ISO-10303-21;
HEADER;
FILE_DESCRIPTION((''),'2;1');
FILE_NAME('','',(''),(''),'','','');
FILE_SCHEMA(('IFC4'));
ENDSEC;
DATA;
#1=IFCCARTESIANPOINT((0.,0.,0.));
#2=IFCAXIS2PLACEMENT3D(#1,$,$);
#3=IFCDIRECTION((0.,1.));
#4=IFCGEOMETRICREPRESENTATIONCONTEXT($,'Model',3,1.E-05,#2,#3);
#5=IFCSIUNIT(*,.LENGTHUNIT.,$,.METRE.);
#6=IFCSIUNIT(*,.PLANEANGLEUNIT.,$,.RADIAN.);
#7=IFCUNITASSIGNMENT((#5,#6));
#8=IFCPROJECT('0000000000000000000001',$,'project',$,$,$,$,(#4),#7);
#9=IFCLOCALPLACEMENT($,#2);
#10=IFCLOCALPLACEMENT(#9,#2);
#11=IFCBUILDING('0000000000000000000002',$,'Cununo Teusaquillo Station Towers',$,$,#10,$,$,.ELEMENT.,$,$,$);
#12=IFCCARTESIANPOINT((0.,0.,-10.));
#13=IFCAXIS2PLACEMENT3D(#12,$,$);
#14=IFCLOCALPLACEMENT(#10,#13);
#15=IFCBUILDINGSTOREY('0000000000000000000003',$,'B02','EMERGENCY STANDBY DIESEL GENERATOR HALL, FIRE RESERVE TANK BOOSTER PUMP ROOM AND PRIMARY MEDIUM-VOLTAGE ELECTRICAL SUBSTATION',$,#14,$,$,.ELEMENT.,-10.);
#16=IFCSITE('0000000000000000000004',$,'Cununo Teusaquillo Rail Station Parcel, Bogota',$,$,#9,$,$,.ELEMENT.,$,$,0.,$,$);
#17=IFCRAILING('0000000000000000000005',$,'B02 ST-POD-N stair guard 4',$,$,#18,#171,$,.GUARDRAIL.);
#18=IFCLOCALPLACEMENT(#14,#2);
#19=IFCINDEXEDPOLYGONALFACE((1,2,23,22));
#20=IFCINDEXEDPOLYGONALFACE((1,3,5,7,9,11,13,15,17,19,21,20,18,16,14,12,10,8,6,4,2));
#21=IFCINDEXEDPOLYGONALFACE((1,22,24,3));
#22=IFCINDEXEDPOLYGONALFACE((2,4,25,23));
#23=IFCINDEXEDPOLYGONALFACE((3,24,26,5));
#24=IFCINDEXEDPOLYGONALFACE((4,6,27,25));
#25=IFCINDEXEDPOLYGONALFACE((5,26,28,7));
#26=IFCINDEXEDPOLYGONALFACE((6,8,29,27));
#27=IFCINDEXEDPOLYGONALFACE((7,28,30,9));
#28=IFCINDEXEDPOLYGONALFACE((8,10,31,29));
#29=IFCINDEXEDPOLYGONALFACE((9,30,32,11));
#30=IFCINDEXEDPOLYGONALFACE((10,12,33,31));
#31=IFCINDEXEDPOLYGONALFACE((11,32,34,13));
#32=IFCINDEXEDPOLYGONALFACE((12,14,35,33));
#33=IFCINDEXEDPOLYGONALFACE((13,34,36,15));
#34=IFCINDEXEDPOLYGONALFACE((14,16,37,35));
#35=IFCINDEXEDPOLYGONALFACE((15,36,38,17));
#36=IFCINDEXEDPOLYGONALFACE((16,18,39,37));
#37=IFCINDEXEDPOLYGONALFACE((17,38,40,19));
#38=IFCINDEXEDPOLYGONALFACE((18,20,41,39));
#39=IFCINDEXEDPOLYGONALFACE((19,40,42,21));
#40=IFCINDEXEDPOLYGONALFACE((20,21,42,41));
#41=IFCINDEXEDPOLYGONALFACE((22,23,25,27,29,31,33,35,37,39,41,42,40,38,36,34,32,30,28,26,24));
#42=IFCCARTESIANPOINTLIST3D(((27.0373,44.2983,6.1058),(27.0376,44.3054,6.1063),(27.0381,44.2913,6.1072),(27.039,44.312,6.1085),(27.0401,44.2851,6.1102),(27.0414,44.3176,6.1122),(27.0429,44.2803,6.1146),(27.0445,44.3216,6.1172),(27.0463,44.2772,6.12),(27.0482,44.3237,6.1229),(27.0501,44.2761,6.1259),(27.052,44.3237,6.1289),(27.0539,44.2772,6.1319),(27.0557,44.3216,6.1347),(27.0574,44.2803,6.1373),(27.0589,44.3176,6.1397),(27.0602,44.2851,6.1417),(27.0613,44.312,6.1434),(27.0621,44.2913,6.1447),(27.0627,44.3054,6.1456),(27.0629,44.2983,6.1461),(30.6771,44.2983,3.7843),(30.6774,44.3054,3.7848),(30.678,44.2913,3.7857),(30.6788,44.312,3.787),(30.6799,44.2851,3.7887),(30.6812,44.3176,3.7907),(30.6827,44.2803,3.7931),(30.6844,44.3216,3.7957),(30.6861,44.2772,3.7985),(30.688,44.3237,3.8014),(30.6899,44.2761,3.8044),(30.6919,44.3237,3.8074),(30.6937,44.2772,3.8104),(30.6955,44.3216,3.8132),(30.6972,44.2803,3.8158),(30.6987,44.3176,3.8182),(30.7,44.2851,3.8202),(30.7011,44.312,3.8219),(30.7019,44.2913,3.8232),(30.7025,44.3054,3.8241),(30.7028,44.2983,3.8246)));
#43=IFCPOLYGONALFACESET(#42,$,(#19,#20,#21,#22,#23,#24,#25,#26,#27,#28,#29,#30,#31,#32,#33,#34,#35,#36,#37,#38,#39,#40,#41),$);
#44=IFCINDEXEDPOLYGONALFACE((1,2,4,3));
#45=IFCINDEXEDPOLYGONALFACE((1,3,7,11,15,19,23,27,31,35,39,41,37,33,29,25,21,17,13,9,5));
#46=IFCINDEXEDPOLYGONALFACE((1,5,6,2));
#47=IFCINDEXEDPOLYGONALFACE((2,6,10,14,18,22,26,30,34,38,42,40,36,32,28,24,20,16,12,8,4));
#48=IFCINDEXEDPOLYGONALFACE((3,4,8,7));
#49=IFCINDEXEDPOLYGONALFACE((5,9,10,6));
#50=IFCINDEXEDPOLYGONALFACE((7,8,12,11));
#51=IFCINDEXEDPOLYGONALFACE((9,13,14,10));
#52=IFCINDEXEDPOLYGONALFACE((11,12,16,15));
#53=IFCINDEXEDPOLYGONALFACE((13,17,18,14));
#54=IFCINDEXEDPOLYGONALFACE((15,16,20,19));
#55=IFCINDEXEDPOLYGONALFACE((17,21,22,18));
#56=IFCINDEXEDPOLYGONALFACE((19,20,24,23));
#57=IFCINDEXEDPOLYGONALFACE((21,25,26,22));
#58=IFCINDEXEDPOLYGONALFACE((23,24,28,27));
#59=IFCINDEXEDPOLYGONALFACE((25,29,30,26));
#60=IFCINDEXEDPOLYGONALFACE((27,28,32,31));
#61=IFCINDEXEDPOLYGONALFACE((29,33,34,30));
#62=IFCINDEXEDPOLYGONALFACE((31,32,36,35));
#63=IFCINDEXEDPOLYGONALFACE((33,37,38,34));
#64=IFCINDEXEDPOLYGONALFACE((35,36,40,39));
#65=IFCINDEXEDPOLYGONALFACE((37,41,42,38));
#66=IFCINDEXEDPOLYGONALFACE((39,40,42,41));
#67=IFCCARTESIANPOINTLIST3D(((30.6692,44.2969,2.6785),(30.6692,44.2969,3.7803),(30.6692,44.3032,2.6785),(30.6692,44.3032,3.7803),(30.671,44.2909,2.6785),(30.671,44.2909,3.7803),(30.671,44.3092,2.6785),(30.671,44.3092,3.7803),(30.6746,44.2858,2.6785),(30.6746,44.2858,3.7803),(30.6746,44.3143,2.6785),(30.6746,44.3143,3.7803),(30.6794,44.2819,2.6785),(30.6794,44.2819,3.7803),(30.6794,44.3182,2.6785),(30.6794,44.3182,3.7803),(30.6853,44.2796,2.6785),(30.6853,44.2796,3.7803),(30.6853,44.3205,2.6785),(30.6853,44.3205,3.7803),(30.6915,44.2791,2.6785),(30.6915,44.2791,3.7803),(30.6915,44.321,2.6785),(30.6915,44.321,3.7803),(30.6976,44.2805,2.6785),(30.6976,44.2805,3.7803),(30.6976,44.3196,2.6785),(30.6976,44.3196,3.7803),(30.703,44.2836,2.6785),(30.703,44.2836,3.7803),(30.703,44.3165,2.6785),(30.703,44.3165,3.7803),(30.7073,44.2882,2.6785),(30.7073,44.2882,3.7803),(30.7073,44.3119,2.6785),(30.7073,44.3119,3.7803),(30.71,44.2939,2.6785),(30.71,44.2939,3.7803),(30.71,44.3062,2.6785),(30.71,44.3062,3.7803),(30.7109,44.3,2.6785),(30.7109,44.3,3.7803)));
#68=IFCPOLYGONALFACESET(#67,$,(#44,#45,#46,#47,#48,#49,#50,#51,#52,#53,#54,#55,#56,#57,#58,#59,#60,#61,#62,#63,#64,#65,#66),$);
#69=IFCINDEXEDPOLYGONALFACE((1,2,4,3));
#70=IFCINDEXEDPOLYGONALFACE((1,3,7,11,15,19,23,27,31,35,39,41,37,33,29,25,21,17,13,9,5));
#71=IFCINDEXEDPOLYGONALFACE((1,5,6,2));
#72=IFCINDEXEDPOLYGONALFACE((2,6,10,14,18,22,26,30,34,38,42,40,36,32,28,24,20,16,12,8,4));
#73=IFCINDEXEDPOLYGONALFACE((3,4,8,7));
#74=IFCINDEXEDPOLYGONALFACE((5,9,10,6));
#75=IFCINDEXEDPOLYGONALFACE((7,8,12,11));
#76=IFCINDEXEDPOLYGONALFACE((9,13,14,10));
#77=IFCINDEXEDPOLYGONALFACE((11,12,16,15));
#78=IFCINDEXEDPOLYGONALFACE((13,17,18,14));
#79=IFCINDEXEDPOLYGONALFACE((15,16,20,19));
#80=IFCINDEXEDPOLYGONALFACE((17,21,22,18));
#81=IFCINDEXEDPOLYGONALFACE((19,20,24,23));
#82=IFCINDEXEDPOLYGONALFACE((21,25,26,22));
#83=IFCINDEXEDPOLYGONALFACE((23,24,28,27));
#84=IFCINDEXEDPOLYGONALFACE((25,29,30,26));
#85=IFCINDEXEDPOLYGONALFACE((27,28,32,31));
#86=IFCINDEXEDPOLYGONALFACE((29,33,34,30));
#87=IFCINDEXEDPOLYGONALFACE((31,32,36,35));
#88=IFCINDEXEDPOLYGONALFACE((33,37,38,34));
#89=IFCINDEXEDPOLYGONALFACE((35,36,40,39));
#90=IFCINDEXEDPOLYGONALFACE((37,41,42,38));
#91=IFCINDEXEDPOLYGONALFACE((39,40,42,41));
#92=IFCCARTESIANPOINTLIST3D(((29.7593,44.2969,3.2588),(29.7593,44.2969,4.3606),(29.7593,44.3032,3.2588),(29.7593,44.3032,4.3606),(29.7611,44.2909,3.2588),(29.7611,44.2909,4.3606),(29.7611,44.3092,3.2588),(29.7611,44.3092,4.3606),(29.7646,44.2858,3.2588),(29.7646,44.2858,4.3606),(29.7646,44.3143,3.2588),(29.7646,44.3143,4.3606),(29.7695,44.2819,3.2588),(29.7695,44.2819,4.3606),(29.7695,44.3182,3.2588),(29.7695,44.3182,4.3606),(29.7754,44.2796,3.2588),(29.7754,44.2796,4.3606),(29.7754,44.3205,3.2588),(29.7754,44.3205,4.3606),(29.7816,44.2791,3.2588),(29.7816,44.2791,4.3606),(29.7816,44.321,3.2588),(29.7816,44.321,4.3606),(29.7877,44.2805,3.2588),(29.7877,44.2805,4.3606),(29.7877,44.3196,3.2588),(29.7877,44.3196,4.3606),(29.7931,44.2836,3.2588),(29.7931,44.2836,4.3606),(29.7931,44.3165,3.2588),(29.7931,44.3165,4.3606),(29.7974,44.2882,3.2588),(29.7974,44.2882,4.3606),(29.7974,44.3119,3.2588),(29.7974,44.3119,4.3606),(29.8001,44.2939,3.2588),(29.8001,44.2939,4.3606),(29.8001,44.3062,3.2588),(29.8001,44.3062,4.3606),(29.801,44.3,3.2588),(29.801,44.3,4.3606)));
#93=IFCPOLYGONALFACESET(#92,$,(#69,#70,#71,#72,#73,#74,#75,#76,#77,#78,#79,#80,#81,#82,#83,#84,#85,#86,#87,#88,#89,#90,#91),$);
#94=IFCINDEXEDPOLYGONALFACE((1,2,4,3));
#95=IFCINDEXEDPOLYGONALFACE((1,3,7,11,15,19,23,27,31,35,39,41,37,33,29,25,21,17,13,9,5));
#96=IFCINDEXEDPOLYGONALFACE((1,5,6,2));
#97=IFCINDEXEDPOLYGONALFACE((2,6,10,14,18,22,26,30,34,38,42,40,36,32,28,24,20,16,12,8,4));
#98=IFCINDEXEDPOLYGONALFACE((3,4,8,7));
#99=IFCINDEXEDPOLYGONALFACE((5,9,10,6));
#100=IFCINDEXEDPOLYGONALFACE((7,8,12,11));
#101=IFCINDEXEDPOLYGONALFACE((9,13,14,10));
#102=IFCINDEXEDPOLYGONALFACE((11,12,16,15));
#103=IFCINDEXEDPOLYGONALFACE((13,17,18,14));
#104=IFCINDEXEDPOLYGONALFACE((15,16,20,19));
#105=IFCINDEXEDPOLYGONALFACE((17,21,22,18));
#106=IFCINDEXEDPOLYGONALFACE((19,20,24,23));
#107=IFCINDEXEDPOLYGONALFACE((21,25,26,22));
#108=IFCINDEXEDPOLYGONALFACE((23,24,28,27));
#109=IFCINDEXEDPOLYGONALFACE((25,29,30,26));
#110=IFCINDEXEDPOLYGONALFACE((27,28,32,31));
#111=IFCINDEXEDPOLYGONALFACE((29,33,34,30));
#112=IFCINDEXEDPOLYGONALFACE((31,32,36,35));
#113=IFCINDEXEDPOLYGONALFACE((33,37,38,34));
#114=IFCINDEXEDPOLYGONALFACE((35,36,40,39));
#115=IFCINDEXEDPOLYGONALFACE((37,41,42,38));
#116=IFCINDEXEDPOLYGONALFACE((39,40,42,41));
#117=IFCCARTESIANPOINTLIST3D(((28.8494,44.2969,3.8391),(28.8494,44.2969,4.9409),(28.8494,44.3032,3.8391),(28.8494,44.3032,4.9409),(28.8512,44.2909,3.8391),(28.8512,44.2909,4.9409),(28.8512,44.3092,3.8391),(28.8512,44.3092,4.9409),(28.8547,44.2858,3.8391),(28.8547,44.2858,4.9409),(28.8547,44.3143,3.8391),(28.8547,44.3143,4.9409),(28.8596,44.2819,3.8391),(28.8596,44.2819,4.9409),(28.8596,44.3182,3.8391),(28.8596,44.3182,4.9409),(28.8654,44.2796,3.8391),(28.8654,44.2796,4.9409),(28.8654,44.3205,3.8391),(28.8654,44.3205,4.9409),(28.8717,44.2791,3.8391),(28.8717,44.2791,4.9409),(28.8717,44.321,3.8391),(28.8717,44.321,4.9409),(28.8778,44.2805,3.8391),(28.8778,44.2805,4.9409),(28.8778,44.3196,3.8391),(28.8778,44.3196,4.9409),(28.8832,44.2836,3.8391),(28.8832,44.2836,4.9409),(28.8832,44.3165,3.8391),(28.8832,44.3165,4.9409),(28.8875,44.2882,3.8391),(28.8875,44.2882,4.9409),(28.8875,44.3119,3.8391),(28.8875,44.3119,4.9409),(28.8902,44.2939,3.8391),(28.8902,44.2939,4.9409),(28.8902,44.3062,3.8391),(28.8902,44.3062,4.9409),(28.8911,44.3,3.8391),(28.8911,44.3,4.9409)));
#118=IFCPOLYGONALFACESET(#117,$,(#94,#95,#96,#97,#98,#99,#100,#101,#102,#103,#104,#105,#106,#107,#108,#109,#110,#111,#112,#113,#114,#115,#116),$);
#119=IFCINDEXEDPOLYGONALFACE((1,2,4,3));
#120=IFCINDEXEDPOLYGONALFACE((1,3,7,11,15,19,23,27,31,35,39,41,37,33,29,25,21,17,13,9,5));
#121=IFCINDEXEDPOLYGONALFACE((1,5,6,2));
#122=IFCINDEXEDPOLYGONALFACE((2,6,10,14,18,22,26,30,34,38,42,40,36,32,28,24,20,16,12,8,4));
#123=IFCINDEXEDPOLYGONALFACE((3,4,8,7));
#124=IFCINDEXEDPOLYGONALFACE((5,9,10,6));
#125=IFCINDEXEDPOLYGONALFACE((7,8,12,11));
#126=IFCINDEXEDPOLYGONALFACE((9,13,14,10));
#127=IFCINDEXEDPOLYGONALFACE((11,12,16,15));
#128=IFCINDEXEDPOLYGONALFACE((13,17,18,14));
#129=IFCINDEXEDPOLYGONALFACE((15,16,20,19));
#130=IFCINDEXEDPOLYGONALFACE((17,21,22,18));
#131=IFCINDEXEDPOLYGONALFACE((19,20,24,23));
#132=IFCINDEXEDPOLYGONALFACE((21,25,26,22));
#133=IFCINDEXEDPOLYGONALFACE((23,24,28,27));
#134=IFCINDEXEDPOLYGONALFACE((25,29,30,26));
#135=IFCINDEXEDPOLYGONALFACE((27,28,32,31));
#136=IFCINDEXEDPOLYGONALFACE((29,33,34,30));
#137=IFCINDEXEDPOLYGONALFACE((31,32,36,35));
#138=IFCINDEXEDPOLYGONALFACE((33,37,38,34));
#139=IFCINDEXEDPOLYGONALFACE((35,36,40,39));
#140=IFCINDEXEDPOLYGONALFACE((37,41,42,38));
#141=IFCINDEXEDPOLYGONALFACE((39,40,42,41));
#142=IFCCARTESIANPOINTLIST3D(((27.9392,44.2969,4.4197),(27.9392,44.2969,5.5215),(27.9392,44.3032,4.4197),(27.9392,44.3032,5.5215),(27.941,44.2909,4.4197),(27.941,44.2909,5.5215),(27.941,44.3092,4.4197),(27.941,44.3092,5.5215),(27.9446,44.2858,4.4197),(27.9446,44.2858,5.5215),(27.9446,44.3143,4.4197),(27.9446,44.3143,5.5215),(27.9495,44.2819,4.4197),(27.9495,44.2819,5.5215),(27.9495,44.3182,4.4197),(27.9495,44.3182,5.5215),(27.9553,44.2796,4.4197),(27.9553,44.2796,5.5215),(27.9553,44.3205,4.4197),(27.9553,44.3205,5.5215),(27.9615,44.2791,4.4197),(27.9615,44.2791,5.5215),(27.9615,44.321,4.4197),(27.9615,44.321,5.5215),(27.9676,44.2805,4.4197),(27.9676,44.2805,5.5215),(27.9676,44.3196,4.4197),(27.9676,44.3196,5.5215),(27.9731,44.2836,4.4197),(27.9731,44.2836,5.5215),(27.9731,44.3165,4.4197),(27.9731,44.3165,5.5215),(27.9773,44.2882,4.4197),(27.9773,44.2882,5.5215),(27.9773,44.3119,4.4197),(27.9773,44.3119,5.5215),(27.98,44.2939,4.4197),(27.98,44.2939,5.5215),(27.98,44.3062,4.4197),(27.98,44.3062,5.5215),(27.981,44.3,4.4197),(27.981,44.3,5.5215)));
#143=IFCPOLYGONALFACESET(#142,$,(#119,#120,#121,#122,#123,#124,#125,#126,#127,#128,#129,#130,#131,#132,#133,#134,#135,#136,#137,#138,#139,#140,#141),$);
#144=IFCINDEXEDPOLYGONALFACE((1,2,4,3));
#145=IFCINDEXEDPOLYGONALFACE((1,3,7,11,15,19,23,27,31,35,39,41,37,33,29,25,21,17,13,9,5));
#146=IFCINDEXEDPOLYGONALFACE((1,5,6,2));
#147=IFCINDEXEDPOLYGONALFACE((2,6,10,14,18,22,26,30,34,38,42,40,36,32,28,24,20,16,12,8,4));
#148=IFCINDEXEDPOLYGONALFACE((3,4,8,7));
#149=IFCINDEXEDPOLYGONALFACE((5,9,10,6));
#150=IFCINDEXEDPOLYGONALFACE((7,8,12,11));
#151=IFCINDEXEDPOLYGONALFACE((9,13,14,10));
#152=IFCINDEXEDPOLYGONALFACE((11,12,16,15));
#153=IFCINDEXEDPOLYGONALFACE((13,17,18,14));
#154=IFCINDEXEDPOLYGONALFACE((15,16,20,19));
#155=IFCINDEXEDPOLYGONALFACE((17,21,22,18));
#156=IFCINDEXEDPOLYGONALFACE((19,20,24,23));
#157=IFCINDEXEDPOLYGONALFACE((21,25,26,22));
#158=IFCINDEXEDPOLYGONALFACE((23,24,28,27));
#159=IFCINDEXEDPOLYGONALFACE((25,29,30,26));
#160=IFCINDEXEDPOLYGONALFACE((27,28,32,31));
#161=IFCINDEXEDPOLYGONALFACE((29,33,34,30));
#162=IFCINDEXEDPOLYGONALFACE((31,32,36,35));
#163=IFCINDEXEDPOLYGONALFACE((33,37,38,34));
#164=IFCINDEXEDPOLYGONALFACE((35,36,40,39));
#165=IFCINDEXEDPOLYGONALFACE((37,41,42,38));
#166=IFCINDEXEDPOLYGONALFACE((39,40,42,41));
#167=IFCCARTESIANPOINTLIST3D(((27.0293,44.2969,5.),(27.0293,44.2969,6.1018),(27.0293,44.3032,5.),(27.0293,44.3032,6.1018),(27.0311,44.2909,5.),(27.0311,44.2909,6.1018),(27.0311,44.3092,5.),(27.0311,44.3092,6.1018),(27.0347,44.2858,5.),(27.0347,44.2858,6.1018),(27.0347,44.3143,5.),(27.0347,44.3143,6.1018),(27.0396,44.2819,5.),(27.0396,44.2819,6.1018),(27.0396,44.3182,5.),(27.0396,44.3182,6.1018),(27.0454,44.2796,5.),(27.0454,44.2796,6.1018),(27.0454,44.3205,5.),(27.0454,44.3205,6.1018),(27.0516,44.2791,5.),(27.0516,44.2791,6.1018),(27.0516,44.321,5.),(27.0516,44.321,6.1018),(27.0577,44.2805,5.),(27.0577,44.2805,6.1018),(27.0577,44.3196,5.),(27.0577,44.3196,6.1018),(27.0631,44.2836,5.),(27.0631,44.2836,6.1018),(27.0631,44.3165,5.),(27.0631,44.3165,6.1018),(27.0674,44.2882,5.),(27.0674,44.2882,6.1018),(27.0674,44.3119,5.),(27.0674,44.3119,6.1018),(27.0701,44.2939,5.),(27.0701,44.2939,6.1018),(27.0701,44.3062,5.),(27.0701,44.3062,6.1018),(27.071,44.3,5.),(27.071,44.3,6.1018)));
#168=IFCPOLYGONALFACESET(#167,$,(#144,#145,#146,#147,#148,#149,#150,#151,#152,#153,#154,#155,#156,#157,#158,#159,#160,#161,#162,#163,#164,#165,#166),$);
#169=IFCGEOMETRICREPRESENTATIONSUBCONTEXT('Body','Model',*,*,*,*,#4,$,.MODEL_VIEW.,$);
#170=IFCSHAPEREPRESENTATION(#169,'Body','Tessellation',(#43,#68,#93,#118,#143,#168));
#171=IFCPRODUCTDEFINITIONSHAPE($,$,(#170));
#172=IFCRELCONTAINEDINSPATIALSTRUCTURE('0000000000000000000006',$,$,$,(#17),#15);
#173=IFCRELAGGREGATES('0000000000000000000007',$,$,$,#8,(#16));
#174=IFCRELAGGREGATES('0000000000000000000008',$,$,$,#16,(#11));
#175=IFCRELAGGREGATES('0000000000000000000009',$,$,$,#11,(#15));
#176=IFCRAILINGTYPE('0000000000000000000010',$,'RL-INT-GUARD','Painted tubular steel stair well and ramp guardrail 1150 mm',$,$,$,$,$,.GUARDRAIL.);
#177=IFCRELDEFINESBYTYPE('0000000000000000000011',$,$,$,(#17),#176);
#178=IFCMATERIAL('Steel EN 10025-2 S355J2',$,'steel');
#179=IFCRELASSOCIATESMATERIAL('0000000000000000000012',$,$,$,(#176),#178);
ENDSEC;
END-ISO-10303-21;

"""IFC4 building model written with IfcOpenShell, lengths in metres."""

from ifc_helpers import new_model, si_unit, direction, frame, origin, origin_2d, place, context, subcontext, project, spatial, circle, extrude, material, type_object, element, save


model = new_model("IFC4")

# Units and contexts
model_context = context("Model", 3, precision=1e-05, world=origin(), true_north=direction((0.0, 1.0)))
body_context = subcontext(model_context, "Body", "Model", "MODEL_VIEW")
ifc_project = project(units=[si_unit("LENGTHUNIT", "METRE"), si_unit("PLANEANGLEUNIT", "RADIAN")], contexts=[model_context])

# Site, building, storey
site_placement = place(None, origin())
site = spatial("IfcSite", under=ifc_project, at=site_placement, Name="Cununo Teusaquillo Rail Station Parcel, Bogota", CompositionType="ELEMENT", RefElevation=0.0)
building_placement = place(site_placement, origin())
building = spatial("IfcBuilding", under=site, at=building_placement, Name="Cununo Teusaquillo Station Towers", CompositionType="ELEMENT")
storey_placement = place(building_placement, frame((0.0, 0.0, -10.0)))
storey = spatial("IfcBuildingStorey", under=building, at=storey_placement, Name="B02", Description="EMERGENCY STANDBY DIESEL GENERATOR HALL, FIRE RESERVE TANK BOOSTER PUMP ROOM AND PRIMARY MEDIUM-VOLTAGE ELECTRICAL SUBSTATION", CompositionType="ELEMENT", Elevation=-10.0)

# Railing
ifc_material_1 = material(Name="Steel EN 10025-2 S355J2", Category="steel")
railing_type_1 = type_object("IfcRailingType", Name="RL-INT-GUARD", Description="Painted tubular steel stair well and ramp guardrail 1150 mm", PredefinedType="GUARDRAIL", material=ifc_material_1)
railing_1_placement = place(storey_placement, frame((30.6899, 44.3, 2.6785)))
element("IfcRailing", 1, at=railing_1_placement, inside=storey, type_object=railing_type_1, Name="B02 ST-POD-N stair guard 4", PredefinedType="GUARDRAIL", context=body_context, shape_type="SweptSolid", body=[
    extrude(circle(Radius=0.0239, at=origin_2d()), frame((0.0, 0.0, 1.126), z_axis=(-0.843112, 0.0, 0.537739), x_axis=(0.0, -1.0, 0.0)), (0.0, 0.0, 1.0), 4.3171),
    extrude(circle(Radius=0.021, at=origin_2d()), origin(), (0.0, 0.0, 1.0), 1.1018),
    extrude(circle(Radius=0.021, at=origin_2d()), frame((-0.9099, 0.0, 0.5803)), (0.0, 0.0, 1.0), 1.1018),
    extrude(circle(Radius=0.021, at=origin_2d()), frame((-1.8198, 0.0, 1.1606)), (0.0, 0.0, 1.0), 1.1018),
    extrude(circle(Radius=0.021, at=origin_2d()), frame((-2.73, 0.0, 1.7412)), (0.0, 0.0, 1.0), 1.1018),
    extrude(circle(Radius=0.021, at=origin_2d()), frame((-3.6399, 0.0, 2.3215)), (0.0, 0.0, 1.0), 1.1018),
])

save(model, "model.ifc")
